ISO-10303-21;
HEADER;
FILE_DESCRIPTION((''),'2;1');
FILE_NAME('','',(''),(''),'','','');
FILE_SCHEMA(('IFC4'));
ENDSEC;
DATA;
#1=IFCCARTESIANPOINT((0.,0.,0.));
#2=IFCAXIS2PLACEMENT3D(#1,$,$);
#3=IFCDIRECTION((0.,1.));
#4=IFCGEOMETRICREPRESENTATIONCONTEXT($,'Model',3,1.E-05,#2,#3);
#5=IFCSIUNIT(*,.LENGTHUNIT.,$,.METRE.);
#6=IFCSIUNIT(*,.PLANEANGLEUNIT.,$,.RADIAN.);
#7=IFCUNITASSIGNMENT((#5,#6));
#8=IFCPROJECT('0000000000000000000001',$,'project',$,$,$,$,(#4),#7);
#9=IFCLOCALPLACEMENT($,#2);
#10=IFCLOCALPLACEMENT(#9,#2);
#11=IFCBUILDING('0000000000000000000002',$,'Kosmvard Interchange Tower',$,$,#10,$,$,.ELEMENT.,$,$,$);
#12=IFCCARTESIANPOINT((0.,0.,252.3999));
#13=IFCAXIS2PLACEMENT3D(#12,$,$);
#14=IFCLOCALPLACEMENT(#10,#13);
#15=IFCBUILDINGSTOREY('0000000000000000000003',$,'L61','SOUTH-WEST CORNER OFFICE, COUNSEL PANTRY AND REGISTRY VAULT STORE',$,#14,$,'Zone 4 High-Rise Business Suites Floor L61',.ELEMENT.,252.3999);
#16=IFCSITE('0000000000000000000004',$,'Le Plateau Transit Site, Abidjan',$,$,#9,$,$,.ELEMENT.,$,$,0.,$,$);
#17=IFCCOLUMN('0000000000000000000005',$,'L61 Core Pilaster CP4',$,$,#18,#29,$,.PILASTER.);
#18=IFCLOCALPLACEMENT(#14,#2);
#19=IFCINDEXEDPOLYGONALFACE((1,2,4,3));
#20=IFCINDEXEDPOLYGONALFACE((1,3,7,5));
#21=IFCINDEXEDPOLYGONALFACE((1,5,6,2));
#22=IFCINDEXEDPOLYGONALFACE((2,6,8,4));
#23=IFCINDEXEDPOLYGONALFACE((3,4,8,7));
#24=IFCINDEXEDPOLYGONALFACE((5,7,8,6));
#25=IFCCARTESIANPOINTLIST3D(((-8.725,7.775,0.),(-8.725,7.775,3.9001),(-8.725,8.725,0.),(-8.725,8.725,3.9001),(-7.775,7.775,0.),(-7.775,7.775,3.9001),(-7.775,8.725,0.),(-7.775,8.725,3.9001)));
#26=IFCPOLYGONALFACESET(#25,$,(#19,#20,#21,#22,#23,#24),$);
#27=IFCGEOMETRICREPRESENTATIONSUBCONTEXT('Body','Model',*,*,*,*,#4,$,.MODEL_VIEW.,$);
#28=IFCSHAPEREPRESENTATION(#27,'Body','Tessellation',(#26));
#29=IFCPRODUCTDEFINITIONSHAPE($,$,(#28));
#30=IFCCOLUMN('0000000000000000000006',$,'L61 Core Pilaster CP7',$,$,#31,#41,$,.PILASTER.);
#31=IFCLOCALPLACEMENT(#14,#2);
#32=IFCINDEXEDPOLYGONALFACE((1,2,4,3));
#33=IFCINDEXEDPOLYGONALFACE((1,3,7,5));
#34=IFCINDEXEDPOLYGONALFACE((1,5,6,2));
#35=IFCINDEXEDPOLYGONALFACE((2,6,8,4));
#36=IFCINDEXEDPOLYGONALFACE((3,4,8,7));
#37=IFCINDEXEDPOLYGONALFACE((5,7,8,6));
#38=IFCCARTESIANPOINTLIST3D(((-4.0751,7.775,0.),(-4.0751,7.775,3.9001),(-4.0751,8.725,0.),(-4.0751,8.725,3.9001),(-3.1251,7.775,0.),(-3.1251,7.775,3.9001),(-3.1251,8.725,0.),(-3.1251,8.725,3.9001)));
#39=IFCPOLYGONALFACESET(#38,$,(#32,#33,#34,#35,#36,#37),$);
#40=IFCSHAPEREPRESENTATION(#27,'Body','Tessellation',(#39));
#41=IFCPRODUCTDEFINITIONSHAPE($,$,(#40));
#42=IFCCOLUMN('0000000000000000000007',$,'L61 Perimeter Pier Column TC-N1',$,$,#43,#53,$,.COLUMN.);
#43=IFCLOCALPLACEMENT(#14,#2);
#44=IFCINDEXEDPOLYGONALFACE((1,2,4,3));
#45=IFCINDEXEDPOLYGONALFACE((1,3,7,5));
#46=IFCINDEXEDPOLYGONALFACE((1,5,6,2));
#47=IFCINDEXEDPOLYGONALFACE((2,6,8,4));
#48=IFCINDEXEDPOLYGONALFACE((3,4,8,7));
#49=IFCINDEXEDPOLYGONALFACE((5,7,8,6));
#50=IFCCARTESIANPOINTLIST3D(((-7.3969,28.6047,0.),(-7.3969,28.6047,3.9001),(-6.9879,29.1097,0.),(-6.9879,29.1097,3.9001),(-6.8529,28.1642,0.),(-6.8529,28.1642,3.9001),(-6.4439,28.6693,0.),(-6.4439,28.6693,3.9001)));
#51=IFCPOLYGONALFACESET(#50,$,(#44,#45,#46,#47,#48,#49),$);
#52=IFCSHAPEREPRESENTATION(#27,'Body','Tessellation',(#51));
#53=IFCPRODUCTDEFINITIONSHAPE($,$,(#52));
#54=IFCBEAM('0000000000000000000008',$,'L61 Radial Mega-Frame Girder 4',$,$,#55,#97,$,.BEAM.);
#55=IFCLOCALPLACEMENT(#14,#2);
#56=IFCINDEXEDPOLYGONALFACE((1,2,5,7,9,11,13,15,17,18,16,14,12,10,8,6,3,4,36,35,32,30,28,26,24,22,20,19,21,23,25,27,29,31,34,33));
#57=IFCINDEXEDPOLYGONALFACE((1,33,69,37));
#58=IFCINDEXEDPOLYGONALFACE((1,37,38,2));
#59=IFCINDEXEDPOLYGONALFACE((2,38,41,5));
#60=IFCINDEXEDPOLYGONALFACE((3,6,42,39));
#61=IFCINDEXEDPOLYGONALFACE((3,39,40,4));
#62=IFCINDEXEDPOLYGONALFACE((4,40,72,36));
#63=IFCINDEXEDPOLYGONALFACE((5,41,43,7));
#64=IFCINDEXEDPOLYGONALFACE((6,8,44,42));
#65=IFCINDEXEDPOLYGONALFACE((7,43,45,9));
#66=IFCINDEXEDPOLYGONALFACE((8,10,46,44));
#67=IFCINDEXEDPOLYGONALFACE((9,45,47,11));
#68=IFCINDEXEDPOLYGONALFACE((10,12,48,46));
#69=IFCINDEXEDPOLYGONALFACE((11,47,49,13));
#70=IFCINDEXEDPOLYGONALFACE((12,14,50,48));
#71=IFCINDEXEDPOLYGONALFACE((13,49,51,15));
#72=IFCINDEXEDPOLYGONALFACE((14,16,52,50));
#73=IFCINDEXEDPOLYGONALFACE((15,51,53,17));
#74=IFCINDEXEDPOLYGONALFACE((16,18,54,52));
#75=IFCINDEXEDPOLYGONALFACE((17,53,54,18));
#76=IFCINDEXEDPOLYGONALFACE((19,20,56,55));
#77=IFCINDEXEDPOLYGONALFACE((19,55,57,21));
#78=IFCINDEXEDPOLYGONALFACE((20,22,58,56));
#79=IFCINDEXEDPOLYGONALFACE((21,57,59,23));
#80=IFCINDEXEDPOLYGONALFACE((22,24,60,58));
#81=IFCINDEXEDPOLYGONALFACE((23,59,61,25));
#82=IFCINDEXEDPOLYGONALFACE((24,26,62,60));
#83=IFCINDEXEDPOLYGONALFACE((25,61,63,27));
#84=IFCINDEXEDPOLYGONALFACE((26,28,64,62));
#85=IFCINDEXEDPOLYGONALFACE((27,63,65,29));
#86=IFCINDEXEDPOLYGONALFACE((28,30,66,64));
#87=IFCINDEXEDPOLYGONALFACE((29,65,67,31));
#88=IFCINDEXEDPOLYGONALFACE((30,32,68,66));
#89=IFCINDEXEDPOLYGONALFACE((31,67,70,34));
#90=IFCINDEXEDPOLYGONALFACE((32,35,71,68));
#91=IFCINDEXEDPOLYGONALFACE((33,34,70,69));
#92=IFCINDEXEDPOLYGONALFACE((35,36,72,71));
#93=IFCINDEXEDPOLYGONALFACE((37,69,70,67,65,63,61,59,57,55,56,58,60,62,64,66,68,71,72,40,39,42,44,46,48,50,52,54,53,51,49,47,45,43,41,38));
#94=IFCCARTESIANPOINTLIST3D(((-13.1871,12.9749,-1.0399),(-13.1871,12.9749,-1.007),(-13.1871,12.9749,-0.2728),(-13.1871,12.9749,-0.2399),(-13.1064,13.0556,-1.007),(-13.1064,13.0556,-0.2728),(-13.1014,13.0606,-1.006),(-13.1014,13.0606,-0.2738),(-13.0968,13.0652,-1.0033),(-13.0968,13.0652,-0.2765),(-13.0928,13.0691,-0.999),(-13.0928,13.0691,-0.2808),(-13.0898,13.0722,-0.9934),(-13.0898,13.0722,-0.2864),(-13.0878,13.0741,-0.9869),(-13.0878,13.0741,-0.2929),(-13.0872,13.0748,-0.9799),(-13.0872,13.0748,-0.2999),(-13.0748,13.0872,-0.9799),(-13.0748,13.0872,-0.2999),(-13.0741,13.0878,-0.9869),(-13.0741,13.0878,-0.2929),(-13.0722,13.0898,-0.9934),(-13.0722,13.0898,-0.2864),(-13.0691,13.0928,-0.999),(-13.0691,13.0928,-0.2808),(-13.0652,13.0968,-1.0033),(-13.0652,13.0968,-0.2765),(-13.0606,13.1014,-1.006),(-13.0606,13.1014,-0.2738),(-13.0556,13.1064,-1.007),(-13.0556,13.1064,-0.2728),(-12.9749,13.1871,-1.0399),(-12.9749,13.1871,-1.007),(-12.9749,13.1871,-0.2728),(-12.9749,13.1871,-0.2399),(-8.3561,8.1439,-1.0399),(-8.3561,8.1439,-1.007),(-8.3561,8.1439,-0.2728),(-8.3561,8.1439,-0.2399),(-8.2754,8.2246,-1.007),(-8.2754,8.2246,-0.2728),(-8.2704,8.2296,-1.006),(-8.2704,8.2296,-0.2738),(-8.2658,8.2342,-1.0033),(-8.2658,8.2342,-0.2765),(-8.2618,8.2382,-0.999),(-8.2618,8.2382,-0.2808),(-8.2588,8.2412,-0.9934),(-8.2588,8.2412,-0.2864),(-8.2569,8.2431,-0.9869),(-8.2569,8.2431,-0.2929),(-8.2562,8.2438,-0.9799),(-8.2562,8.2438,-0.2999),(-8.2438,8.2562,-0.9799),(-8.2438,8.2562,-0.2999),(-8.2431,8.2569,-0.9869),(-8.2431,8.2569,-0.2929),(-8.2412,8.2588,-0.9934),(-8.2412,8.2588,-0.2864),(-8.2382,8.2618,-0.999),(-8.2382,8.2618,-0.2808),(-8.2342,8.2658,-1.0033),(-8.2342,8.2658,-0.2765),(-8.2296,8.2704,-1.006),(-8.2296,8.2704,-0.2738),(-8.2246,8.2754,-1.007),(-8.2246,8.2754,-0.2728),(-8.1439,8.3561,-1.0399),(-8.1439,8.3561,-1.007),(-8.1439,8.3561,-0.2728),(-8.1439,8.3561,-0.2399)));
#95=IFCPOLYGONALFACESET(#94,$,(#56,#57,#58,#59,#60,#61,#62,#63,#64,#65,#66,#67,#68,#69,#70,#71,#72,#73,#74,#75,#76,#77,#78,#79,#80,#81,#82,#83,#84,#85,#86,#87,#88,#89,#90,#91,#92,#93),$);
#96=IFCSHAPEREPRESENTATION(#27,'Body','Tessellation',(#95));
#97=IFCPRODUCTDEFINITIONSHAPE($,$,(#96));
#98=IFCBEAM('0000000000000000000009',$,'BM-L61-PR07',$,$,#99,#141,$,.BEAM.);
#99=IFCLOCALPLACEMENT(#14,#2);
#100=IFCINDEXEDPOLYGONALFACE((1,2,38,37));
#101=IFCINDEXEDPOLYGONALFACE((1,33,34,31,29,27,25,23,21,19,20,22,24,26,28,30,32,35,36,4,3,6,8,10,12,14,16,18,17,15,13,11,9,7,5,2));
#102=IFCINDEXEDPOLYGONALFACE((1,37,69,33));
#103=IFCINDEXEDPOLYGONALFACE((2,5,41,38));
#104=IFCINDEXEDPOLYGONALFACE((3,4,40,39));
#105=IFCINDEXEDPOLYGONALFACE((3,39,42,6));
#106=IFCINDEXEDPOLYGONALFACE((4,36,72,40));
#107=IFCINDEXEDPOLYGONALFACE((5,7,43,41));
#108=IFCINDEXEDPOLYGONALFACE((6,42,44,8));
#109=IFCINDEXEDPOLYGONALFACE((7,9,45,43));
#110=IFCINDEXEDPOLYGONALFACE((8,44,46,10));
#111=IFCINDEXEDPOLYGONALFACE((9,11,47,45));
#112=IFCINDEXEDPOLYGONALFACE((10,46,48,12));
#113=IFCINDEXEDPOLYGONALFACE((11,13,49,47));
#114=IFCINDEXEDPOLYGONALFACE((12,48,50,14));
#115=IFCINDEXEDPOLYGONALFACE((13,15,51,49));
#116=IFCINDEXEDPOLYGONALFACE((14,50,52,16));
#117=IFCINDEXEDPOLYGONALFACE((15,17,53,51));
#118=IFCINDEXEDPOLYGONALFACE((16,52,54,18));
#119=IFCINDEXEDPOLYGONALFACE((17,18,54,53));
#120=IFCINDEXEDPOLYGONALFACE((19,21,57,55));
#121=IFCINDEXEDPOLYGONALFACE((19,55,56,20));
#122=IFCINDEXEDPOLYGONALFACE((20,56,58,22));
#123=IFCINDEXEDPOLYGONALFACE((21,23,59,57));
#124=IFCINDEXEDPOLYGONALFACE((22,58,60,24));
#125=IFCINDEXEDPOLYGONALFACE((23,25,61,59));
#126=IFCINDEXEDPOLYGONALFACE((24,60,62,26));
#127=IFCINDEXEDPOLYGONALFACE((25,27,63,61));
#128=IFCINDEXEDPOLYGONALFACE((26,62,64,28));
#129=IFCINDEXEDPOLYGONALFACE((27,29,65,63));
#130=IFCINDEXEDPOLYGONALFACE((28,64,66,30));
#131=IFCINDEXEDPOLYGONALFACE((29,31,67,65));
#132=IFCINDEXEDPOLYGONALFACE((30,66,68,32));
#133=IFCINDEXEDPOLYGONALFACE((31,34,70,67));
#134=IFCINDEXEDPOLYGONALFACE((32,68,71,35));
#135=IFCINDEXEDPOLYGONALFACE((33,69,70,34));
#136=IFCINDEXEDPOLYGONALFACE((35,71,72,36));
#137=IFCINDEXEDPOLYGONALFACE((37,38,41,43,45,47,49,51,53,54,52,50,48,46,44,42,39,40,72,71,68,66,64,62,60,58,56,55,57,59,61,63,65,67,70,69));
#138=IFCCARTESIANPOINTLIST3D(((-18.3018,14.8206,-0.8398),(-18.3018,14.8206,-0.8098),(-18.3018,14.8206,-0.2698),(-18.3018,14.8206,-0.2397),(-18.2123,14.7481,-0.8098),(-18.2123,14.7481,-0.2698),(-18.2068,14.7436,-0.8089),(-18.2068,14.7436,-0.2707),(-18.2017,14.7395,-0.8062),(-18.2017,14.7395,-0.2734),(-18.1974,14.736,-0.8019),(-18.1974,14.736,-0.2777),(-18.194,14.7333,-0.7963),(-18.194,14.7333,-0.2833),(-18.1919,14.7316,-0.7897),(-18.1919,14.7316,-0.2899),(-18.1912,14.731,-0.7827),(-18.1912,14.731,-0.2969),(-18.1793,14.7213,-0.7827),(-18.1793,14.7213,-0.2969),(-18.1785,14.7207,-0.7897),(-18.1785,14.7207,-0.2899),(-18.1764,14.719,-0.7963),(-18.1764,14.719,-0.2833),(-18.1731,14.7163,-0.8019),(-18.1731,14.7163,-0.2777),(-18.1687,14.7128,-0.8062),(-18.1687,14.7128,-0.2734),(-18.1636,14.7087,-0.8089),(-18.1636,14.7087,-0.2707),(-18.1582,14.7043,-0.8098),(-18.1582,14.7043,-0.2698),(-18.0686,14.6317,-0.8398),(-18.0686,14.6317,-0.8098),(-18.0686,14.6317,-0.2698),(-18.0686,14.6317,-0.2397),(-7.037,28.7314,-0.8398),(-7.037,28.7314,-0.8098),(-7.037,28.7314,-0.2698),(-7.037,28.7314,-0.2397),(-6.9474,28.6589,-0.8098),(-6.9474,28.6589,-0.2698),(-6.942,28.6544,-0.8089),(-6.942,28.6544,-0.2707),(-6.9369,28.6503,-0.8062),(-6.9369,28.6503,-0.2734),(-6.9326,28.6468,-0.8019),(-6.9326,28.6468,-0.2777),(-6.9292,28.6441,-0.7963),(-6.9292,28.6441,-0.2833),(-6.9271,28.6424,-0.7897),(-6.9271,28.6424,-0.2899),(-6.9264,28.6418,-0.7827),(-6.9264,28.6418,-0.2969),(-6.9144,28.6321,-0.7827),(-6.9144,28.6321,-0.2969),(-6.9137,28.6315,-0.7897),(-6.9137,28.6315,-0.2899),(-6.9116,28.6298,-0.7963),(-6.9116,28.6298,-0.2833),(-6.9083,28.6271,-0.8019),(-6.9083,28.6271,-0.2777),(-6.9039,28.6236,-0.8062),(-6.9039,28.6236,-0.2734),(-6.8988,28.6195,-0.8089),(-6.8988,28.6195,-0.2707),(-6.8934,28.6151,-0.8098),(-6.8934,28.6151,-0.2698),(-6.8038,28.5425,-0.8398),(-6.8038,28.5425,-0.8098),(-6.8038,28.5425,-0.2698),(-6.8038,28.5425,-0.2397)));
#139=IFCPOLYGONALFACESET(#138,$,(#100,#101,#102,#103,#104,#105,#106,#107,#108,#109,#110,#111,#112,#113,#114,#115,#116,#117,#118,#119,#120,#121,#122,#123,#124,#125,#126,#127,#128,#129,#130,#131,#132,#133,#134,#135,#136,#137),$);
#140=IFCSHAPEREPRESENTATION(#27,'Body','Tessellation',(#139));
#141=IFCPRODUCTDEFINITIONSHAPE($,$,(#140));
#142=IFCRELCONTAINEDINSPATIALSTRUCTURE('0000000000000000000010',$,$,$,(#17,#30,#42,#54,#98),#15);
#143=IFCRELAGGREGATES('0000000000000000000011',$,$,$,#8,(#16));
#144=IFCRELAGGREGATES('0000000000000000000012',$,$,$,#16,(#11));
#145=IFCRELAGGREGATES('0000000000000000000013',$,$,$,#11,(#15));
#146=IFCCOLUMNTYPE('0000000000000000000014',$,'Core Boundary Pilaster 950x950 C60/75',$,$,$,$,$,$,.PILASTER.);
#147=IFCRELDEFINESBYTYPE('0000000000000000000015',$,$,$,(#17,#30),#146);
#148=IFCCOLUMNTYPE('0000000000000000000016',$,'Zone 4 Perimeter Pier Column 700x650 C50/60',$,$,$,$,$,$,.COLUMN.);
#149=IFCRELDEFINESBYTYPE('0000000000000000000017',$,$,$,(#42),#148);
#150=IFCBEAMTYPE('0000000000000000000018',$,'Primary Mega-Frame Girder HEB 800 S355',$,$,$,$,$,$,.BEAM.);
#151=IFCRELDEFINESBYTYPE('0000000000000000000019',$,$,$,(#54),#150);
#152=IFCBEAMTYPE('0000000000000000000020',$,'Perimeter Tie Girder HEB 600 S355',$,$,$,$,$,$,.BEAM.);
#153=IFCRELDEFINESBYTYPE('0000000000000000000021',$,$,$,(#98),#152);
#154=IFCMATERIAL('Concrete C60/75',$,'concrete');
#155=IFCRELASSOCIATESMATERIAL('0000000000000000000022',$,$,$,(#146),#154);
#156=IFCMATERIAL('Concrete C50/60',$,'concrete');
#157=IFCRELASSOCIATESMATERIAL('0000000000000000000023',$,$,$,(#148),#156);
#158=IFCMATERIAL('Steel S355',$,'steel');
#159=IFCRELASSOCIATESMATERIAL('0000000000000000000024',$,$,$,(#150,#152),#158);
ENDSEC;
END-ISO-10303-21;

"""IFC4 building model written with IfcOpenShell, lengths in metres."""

from ifc_helpers import new_model, si_unit, direction, frame, origin, origin_2d, place, context, subcontext, project, spatial, rectangle, i_section, extrude, source, transform, mapped, material, material_profile, profile_set, type_object, element, save


model = new_model("IFC4")

# Units and contexts
model_context = context("Model", 3, precision=1e-05, world=origin(), true_north=direction((0.0, 1.0)))
body_context = subcontext(model_context, "Body", "Model", "MODEL_VIEW")
ifc_project = project(units=[si_unit("LENGTHUNIT", "METRE"), si_unit("PLANEANGLEUNIT", "RADIAN")], contexts=[model_context])

# Site, building, storey
site_placement = place(None, origin())
site = spatial("IfcSite", under=ifc_project, at=site_placement, Name="Le Plateau Transit Site, Abidjan", CompositionType="ELEMENT", RefElevation=0.0)
building_placement = place(site_placement, origin())
building = spatial("IfcBuilding", under=site, at=building_placement, Name="Kosmvard Interchange Tower", CompositionType="ELEMENT")
storey_placement = place(building_placement, frame((0.0, 0.0, 252.3999)))
storey = spatial("IfcBuildingStorey", under=building, at=storey_placement, Name="L61", Description="SOUTH-WEST CORNER OFFICE, COUNSEL PANTRY AND REGISTRY VAULT STORE", LongName="Zone 4 High-Rise Business Suites Floor L61", CompositionType="ELEMENT", Elevation=252.3999)

# Columns
ifc_material_1 = material(Name="Concrete C60/75", Category="concrete")
ifc_material_profile_1 = material_profile(ifc_material_1, rectangle(XDim=0.95, YDim=0.95, at=origin_2d()), Name="CP 950x950")
ifc_profile_set_1 = profile_set([ifc_material_profile_1], Name="Concrete C60/75")
column_type_1 = type_object("IfcColumnType", Name="Core Boundary Pilaster 950x950 C60/75", PredefinedType="PILASTER", material=ifc_profile_set_1)
shared_shape_1 = source(origin(), body_context, "Body", "SweptSolid", [
    extrude(rectangle(XDim=0.95, YDim=0.95, at=origin_2d()), origin(), (0.0, 0.0, 1.0), 3.9001),
])
for number, where, z_axis, x_axis, name in (
    (1, (-8.25, 8.25, 0.0), (0.0, 0.0, 1.0), (1.0, 0.0, 0.0), "L61 Core Pilaster CP4"),
    (2, (-3.6001, 8.25, 0.0), (0.0, 0.0, 1.0), (1.0, 0.0, 0.0), "L61 Core Pilaster CP7"),
):
    element("IfcColumn", number, at=place(storey_placement, frame(where, z_axis=z_axis, x_axis=x_axis)), inside=storey, type_object=column_type_1, Name=name, PredefinedType="PILASTER", context=body_context, shape_type="MappedRepresentation", body=[
        mapped(shared_shape_1, transform((0.0, 0.0, 0.0), scale=1.0)),
    ])
ifc_material_2 = material(Name="Concrete C50/60", Category="concrete")
ifc_material_profile_2 = material_profile(ifc_material_2, rectangle(XDim=0.6499, YDim=0.7, at=origin_2d()), Name="TC 700x650")
ifc_profile_set_2 = profile_set([ifc_material_profile_2], Name="Concrete C50/60")
column_type_2 = type_object("IfcColumnType", Name="Zone 4 Perimeter Pier Column 700x650 C50/60", PredefinedType="COLUMN", material=ifc_profile_set_2)
shared_shape_2 = source(origin(), body_context, "Body", "SweptSolid", [
    extrude(rectangle(XDim=0.6499, YDim=0.7, at=origin_2d()), origin(), (0.0, 0.0, 1.0), 3.9001),
])
column_placement = place(storey_placement, frame((-6.9204, 28.637, 0.0), z_axis=(0.0, 0.0, 1.0), x_axis=(0.62932, 0.777146, 0.0)))
element("IfcColumn", 3, at=column_placement, inside=storey, type_object=column_type_2, Name="L61 Perimeter Pier Column TC-N1", PredefinedType="COLUMN", context=body_context, shape_type="MappedRepresentation", body=[
    mapped(shared_shape_2, transform((0.0, 0.0, 0.0), scale=1.0)),
])

# Beams
ifc_material_3 = material(Name="Steel S355", Category="steel")
ifc_material_profile_3 = material_profile(ifc_material_3, i_section(OverallWidth=0.3, OverallDepth=0.8, WebThickness=0.0176, FlangeThickness=0.033, FilletRadius=0.0271, at=origin_2d()), Name="HEB 800")
ifc_profile_set_3 = profile_set([ifc_material_profile_3], Name="Steel S355")
beam_type_1 = type_object("IfcBeamType", Name="Primary Mega-Frame Girder HEB 800 S355", PredefinedType="BEAM", material=ifc_profile_set_3)
shared_shape_3 = source(origin(), body_context, "Body", "SweptSolid", [
    extrude(i_section(OverallWidth=0.3, OverallDepth=0.8, WebThickness=0.0176, FlangeThickness=0.033, FilletRadius=0.0271, at=origin_2d()), origin(), (0.0, 0.0, 1.0), 6.832),
])
beam_1_placement = place(storey_placement, frame((-8.25, 8.25, -0.6399), z_axis=(-0.707107, 0.707107, 0.0), x_axis=(-0.707107, -0.707107, 0.0)))
element("IfcBeam", 4, at=beam_1_placement, inside=storey, type_object=beam_type_1, Name="L61 Radial Mega-Frame Girder 4", PredefinedType="BEAM", context=body_context, shape_type="MappedRepresentation", body=[
    mapped(shared_shape_3, transform((0.0, 0.0, 0.0), scale=1.0)),
])
ifc_material_profile_4 = material_profile(ifc_material_3, i_section(OverallWidth=0.3, OverallDepth=0.6001, WebThickness=0.0154, FlangeThickness=0.03, FilletRadius=0.0271, at=origin_2d()), Name="HEB 600")
ifc_profile_set_4 = profile_set([ifc_material_profile_4], Name="Steel S355")
beam_type_2 = type_object("IfcBeamType", Name="Perimeter Tie Girder HEB 600 S355", PredefinedType="BEAM", material=ifc_profile_set_4)
shared_shape_4 = source(origin(), body_context, "Body", "SweptSolid", [
    extrude(i_section(OverallWidth=0.3, OverallDepth=0.6001, WebThickness=0.0154, FlangeThickness=0.03, FilletRadius=0.0271, at=origin_2d()), origin(), (0.0, 0.0, 1.0), 17.8999),
])
beam_2_placement = place(storey_placement, frame((-6.9204, 28.637, -0.5398), z_axis=(-0.629323, -0.777144, 0.0), x_axis=(0.777144, -0.629323, 0.0)))
element("IfcBeam", 5, at=beam_2_placement, inside=storey, type_object=beam_type_2, Name="BM-L61-PR07", PredefinedType="BEAM", context=body_context, shape_type="MappedRepresentation", body=[
    mapped(shared_shape_4, transform((0.0, 0.0, 0.0), scale=1.0)),
])

save(model, "model.ifc")
